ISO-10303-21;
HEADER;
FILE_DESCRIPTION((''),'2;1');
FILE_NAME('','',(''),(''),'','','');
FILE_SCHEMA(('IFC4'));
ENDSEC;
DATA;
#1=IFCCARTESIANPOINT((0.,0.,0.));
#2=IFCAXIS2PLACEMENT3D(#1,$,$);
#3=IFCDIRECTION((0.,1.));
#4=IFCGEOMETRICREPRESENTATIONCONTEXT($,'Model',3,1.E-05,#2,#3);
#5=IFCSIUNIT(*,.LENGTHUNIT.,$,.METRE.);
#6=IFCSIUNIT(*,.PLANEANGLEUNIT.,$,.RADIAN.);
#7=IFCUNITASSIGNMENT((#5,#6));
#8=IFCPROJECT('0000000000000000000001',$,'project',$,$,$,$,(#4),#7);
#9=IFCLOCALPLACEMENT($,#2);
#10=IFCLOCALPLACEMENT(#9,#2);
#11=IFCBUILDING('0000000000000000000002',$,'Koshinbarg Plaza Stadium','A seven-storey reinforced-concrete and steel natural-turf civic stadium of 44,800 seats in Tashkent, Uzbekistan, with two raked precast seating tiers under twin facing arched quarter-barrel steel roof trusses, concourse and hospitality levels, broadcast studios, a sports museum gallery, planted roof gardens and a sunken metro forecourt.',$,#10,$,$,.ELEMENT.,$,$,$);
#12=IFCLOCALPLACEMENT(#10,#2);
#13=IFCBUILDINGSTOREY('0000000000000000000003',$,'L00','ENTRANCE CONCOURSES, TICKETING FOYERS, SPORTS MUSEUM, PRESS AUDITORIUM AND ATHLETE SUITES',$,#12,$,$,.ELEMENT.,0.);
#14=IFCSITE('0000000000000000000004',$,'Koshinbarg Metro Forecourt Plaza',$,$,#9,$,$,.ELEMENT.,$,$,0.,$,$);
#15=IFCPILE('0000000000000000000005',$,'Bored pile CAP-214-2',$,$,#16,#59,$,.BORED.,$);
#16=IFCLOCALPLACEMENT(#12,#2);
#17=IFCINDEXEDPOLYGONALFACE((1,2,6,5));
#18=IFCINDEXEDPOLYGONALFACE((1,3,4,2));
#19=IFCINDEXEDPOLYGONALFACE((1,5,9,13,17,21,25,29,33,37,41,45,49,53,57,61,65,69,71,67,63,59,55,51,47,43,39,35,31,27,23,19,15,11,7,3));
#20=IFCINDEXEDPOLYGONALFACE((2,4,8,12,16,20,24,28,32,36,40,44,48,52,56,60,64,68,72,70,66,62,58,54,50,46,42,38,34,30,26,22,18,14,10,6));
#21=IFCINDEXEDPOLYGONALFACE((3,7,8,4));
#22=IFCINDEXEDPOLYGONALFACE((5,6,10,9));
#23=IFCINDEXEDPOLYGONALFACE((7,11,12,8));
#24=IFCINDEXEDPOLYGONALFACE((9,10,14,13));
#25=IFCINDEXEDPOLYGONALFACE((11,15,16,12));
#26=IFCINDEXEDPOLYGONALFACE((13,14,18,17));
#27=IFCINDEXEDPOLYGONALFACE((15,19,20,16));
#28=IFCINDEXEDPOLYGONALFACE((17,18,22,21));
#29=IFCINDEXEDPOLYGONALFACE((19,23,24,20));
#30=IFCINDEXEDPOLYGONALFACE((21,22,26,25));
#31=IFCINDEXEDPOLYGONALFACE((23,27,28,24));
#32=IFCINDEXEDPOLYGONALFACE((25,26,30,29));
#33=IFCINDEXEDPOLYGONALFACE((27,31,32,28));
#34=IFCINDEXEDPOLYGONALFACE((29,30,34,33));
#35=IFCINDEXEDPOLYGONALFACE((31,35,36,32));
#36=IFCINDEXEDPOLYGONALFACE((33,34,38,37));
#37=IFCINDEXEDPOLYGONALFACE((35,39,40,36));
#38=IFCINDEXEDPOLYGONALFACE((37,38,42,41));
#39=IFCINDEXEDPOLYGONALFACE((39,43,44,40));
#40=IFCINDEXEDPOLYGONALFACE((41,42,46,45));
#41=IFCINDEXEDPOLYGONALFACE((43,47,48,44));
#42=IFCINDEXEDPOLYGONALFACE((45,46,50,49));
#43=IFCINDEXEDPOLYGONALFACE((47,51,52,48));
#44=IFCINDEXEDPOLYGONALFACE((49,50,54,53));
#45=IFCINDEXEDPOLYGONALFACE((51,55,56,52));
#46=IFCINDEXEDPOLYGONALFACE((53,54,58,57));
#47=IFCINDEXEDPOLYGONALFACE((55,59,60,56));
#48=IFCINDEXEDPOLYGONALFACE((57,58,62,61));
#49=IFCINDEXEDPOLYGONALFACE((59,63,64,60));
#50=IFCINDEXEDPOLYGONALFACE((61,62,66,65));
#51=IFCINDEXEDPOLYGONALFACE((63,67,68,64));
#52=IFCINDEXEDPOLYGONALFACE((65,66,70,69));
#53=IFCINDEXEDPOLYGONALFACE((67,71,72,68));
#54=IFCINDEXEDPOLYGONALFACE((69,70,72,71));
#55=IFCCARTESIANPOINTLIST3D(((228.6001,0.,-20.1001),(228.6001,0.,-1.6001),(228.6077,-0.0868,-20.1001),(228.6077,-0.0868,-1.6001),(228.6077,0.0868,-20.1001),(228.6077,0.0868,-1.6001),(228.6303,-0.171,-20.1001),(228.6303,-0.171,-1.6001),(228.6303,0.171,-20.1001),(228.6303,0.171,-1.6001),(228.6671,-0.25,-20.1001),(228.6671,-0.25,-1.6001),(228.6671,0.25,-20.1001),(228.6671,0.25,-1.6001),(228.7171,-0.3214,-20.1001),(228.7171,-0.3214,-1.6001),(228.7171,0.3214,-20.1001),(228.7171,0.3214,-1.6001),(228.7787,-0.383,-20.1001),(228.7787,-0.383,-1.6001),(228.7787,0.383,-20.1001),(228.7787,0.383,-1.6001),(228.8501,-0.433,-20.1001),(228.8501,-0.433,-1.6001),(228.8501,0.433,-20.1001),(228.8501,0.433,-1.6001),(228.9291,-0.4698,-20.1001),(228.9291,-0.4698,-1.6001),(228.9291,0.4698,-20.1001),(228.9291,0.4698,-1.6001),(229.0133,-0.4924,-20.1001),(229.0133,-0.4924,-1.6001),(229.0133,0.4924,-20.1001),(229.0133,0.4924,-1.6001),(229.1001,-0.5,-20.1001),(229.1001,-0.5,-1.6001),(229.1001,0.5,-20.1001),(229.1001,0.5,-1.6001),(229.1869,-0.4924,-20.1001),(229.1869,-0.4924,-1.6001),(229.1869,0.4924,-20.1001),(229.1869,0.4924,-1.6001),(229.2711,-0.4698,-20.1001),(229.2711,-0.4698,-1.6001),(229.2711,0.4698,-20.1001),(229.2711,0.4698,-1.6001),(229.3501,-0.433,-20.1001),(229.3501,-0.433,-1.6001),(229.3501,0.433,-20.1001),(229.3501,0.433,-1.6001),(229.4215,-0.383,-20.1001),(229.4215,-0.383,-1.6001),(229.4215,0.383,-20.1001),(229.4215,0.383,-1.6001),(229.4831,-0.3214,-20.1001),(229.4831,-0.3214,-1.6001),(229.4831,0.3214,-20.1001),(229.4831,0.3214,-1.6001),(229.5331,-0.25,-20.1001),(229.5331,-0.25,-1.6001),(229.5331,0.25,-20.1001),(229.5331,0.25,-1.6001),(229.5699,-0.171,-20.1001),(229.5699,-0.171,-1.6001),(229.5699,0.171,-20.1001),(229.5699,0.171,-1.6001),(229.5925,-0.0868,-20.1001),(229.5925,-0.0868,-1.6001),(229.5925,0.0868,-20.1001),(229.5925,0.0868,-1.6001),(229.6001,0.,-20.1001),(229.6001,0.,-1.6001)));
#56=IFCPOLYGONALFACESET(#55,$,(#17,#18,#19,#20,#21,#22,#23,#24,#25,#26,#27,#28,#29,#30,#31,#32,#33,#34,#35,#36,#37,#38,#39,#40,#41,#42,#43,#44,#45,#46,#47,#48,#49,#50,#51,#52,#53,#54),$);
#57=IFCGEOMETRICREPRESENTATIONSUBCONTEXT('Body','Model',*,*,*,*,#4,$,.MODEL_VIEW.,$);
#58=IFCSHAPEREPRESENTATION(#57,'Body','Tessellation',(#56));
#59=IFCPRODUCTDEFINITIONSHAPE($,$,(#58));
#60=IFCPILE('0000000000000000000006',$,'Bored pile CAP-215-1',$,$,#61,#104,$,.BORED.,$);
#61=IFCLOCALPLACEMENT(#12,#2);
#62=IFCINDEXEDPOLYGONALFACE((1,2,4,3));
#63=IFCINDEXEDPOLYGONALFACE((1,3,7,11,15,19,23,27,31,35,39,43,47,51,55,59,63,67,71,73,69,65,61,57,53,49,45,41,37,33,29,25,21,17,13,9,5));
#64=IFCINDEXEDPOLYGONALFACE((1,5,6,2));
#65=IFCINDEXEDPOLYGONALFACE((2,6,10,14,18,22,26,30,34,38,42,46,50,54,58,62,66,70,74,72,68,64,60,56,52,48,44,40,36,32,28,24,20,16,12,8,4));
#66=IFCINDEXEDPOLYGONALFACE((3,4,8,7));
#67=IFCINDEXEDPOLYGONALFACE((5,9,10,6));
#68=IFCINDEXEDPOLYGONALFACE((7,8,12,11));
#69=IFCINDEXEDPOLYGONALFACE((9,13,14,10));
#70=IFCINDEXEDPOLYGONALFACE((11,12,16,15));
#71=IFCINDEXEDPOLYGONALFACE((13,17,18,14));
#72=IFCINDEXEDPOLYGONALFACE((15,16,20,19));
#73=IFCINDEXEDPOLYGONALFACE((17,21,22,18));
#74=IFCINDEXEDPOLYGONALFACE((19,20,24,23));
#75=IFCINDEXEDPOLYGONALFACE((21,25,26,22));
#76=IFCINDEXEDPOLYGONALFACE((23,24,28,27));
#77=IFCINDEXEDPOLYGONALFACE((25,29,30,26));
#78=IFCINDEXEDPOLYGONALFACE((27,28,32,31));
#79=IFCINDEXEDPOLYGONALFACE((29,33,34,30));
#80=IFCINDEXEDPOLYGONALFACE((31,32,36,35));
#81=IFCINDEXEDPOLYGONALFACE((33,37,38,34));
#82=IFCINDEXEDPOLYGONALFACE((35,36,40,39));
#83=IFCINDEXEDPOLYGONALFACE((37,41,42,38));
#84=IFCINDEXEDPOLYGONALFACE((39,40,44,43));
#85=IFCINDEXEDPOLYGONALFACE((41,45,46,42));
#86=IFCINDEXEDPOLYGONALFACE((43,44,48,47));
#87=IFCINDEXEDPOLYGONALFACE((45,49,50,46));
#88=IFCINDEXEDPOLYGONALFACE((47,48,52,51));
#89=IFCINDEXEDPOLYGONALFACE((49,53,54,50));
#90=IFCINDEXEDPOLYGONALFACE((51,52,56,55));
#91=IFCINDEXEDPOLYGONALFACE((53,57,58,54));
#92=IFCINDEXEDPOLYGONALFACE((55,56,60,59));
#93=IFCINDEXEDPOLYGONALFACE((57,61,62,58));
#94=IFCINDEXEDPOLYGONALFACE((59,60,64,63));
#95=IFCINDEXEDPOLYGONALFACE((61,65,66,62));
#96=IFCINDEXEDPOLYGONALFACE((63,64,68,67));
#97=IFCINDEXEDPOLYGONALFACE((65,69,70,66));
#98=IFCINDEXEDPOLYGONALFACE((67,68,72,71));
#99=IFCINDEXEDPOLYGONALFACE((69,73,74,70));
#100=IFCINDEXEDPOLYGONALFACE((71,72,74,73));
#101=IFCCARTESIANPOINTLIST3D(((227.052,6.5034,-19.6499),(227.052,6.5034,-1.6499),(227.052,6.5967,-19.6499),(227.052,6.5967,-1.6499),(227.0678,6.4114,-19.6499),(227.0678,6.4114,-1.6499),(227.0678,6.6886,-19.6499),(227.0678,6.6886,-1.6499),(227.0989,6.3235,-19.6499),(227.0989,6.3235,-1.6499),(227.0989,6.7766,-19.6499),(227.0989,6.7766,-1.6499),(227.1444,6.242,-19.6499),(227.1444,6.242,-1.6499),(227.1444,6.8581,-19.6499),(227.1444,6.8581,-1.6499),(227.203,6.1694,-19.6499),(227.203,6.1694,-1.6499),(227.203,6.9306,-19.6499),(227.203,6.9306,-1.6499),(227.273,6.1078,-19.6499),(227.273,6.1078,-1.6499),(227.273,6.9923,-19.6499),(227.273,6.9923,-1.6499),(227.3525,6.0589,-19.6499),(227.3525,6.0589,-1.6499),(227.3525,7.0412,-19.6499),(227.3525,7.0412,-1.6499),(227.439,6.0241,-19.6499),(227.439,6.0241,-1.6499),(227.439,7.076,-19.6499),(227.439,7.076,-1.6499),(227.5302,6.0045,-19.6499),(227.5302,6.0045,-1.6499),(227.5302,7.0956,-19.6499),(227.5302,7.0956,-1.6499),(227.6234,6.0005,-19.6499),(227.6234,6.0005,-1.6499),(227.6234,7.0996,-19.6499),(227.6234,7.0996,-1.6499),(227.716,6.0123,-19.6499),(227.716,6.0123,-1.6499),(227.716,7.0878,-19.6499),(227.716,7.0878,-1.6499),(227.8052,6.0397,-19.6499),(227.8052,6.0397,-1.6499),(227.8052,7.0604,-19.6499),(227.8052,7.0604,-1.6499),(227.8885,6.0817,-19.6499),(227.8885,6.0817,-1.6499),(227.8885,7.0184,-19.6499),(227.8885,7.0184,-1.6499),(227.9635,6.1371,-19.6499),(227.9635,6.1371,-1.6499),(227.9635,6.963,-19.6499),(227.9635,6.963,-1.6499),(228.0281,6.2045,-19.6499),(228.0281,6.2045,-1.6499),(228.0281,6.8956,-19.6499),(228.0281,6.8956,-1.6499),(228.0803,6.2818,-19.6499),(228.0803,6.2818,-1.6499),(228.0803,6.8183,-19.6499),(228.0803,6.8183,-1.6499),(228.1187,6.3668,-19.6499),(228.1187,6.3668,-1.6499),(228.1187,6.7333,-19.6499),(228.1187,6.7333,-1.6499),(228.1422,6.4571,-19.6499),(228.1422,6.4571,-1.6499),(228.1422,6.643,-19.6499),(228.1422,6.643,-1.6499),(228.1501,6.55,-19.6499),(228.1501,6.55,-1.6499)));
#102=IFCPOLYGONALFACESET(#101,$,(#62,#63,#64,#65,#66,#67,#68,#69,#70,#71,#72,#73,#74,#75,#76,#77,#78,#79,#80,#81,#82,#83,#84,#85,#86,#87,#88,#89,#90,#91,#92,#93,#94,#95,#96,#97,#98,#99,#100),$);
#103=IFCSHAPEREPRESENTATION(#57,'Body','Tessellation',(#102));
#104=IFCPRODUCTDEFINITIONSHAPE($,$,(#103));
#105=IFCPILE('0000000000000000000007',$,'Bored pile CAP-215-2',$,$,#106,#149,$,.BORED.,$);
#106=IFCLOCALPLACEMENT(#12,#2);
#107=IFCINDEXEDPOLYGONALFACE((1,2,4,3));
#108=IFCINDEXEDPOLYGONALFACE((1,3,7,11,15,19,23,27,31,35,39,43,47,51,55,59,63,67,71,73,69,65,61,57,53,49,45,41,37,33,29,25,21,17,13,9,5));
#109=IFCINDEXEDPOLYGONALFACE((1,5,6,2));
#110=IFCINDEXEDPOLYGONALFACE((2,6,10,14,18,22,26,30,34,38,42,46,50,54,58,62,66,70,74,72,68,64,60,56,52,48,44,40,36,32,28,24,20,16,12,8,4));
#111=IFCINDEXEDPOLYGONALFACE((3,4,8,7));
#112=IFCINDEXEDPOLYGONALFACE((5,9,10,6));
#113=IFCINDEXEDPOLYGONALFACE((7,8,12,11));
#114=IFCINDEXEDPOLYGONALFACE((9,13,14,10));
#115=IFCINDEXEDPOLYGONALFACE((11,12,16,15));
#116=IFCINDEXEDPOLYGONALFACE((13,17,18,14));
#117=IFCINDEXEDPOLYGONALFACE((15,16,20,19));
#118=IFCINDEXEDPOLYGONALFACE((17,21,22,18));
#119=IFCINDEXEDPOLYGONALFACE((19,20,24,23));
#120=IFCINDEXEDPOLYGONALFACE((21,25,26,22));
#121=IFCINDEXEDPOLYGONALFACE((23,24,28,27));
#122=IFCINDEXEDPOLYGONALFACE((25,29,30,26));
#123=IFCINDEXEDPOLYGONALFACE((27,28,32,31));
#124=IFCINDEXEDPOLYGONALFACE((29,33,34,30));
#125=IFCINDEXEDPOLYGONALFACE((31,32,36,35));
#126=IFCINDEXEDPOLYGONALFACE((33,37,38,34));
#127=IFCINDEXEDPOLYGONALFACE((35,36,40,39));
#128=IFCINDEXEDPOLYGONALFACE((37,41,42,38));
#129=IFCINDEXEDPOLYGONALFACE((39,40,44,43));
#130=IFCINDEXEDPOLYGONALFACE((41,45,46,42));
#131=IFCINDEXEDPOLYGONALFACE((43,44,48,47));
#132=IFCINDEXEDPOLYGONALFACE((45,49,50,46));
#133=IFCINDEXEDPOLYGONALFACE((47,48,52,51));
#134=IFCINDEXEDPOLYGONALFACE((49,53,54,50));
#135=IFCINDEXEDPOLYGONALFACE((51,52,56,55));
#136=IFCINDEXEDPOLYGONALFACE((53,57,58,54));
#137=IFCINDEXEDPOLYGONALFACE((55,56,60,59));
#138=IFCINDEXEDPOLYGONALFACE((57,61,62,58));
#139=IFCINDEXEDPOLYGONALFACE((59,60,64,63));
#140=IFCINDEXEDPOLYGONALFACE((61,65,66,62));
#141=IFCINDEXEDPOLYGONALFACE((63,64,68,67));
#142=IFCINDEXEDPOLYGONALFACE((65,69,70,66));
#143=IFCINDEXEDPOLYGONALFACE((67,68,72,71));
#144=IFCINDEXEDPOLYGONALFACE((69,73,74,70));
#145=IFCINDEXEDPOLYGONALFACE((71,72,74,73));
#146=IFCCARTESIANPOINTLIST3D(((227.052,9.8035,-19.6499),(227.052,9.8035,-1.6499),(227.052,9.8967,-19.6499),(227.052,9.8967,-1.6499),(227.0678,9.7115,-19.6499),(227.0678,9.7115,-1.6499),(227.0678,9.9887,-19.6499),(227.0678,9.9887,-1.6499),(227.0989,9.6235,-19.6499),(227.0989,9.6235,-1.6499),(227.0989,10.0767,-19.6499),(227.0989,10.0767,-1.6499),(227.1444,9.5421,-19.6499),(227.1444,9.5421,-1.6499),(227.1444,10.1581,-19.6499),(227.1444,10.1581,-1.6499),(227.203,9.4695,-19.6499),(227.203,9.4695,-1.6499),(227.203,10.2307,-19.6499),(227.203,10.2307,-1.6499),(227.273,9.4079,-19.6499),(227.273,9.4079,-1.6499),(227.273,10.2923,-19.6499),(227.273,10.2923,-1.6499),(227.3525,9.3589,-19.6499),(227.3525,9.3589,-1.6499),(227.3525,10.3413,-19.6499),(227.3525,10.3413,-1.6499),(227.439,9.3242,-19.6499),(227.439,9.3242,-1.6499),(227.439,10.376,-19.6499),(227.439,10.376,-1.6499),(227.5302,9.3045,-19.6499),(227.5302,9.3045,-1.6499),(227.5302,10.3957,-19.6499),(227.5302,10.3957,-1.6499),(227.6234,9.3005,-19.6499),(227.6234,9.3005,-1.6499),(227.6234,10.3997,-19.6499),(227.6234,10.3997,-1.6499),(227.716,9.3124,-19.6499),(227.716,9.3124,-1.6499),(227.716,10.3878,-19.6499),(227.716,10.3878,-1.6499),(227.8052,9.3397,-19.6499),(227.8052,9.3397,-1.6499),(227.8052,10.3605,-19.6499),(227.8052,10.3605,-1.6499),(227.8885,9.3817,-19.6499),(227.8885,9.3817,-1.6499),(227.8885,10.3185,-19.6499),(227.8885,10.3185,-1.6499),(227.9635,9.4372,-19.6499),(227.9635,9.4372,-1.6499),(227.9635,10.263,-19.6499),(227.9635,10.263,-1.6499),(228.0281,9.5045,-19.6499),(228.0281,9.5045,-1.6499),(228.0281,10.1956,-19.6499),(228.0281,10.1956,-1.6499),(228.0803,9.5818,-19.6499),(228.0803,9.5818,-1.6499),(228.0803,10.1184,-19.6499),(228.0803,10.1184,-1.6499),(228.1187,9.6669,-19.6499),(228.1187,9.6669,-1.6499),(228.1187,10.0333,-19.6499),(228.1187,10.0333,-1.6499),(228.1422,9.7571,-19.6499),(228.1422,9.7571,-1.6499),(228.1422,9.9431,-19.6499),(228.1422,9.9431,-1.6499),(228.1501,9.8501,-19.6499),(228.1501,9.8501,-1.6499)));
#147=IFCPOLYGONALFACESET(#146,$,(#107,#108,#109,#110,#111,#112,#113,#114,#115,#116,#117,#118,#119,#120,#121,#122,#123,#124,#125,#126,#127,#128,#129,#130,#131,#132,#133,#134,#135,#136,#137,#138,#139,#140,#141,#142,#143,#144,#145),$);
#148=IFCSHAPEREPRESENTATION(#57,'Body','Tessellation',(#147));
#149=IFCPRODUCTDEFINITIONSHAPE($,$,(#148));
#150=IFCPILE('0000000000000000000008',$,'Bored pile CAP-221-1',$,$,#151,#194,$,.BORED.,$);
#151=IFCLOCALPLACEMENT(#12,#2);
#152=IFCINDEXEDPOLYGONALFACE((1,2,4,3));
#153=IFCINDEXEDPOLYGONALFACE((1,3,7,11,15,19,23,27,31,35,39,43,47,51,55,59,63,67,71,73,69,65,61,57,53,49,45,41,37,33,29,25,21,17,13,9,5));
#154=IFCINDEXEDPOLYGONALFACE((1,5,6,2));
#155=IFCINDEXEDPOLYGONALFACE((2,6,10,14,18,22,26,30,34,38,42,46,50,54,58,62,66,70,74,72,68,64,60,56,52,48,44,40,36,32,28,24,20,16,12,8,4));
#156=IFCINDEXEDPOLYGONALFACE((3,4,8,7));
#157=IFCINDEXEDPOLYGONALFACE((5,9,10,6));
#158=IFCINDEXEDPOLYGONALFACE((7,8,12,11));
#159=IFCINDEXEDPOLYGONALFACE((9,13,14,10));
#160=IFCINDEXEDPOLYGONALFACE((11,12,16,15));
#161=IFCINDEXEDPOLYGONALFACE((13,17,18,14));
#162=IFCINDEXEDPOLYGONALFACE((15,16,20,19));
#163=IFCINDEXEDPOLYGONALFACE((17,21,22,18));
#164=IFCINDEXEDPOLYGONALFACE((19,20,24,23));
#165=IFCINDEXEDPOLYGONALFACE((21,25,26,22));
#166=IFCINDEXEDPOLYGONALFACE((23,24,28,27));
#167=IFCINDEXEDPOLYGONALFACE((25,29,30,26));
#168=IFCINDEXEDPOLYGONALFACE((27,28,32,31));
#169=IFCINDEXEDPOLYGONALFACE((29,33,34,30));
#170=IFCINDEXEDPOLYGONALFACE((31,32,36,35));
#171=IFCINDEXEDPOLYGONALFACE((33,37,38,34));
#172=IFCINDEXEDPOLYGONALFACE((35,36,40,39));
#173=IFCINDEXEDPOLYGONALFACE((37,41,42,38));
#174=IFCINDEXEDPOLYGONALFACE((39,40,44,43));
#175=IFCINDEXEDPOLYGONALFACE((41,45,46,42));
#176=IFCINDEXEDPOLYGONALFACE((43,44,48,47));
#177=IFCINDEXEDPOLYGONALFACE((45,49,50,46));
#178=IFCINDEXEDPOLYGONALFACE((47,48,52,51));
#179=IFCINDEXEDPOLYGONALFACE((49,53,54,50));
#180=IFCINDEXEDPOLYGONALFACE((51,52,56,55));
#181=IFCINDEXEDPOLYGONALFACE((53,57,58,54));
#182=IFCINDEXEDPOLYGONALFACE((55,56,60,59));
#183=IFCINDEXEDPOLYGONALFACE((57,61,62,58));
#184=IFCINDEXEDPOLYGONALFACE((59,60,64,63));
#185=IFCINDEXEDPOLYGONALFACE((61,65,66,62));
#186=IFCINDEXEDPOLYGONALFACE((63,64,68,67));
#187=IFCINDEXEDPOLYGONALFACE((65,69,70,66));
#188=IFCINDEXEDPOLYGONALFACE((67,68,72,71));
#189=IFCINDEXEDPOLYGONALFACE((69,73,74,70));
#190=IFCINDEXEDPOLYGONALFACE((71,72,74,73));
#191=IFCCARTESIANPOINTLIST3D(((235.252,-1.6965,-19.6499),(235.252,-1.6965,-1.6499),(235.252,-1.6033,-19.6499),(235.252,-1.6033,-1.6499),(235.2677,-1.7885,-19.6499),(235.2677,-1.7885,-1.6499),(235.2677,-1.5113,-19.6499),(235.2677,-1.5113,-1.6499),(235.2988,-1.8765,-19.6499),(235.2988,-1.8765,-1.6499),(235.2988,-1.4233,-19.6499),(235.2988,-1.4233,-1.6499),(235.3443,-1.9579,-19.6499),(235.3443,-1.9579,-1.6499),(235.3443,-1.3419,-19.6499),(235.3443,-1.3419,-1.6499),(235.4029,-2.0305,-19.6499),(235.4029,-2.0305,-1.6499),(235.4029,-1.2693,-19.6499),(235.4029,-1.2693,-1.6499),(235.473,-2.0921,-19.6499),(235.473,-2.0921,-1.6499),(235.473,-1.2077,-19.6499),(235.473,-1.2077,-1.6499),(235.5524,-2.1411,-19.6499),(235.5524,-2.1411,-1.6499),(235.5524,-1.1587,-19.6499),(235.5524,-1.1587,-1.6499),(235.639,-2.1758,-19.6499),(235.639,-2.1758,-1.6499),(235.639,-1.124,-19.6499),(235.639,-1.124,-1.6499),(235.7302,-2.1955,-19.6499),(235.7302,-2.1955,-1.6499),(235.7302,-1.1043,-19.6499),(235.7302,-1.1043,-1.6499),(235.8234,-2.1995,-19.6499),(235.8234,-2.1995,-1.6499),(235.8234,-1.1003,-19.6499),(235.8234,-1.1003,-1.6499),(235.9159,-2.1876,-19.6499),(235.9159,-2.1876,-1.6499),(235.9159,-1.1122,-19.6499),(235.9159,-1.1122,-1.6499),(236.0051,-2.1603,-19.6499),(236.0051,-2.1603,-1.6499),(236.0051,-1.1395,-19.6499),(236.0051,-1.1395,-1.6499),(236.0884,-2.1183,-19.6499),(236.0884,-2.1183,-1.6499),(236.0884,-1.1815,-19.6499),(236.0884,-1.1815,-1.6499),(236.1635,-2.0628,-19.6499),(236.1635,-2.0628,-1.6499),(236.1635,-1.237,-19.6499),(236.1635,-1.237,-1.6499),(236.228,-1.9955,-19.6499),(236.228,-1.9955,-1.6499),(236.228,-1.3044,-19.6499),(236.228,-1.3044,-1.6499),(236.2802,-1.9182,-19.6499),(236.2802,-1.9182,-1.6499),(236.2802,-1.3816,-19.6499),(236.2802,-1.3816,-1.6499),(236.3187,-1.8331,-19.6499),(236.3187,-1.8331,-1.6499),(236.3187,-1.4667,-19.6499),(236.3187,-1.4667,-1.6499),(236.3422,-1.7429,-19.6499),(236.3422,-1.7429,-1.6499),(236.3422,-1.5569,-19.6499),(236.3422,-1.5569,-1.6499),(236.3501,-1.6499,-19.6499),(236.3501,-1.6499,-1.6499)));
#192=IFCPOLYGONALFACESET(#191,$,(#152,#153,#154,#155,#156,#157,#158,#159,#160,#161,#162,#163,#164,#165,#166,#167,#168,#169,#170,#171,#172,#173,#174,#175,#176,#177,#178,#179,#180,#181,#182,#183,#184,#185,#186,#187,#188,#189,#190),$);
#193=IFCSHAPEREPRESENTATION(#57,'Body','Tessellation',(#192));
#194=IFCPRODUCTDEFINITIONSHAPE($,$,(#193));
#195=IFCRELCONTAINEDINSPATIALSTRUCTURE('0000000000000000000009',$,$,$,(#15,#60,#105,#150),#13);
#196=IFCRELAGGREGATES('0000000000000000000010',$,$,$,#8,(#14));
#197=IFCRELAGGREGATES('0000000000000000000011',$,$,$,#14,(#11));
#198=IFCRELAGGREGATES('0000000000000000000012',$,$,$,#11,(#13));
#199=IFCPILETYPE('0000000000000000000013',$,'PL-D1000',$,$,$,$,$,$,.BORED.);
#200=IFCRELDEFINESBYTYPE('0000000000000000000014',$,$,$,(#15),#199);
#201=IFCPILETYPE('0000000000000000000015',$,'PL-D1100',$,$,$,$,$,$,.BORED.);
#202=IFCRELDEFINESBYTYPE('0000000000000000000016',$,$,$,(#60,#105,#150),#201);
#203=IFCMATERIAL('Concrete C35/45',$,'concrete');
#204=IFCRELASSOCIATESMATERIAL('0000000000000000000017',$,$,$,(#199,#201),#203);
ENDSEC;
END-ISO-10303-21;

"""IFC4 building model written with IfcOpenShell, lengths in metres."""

from ifc_helpers import new_model, si_unit, direction, frame, origin, origin_2d, place, context, subcontext, project, spatial, circle, extrude, material, material_profile, profile_set, type_object, element, save


model = new_model("IFC4")

# Units and contexts
model_context = context("Model", 3, precision=1e-05, world=origin(), true_north=direction((0.0, 1.0)))
body_context = subcontext(model_context, "Body", "Model", "MODEL_VIEW")
ifc_project = project(units=[si_unit("LENGTHUNIT", "METRE"), si_unit("PLANEANGLEUNIT", "RADIAN")], contexts=[model_context])

# Site, building, storey
site_placement = place(None, origin())
site = spatial("IfcSite", under=ifc_project, at=site_placement, Name="Koshinbarg Metro Forecourt Plaza", CompositionType="ELEMENT", RefElevation=0.0)
building_placement = place(site_placement, origin())
building = spatial("IfcBuilding", under=site, at=building_placement, Name="Koshinbarg Plaza Stadium", Description="A seven-storey reinforced-concrete and steel natural-turf civic stadium of 44,800 seats in Tashkent, Uzbekistan, with two raked precast seating tiers under twin facing arched quarter-barrel steel roof trusses, concourse and hospitality levels, broadcast studios, a sports museum gallery, planted roof gardens and a sunken metro forecourt.", CompositionType="ELEMENT")
storey_placement = place(building_placement, origin())
storey = spatial("IfcBuildingStorey", under=building, at=storey_placement, Name="L00", Description="ENTRANCE CONCOURSES, TICKETING FOYERS, SPORTS MUSEUM, PRESS AUDITORIUM AND ATHLETE SUITES", CompositionType="ELEMENT", Elevation=0.0)

# Shared definitions
ifc_material_1 = material(Name="Concrete C35/45", Category="concrete")

# Piles
ifc_material_profile_1 = material_profile(ifc_material_1, circle(Radius=0.5, at=origin_2d()), Name="PILE D1000")
ifc_profile_set_1 = profile_set([ifc_material_profile_1], Name="Concrete C35/45")
pile_type_1 = type_object("IfcPileType", Name="PL-D1000", PredefinedType="BORED", material=ifc_profile_set_1)
for number, where, z_axis, x_axis, name in (
    (1, (229.1001, 0.0, -1.6001), (0.0, 0.0, -1.0), (1.0, 0.0, 0.0), "Bored pile CAP-214-2"),
):
    element("IfcPile", number, at=place(storey_placement, frame(where, z_axis=z_axis, x_axis=x_axis)), inside=storey, type_object=pile_type_1, Name=name, PredefinedType="BORED", context=body_context, shape_type="SweptSolid", body=[
        extrude(circle(Radius=0.5, at=origin_2d()), origin(), (0.0, 0.0, 1.0), 18.5),
    ])
ifc_material_profile_2 = material_profile(ifc_material_1, circle(Radius=0.55, at=origin_2d()), Name="PILE D1100")
ifc_profile_set_2 = profile_set([ifc_material_profile_2], Name="Concrete C35/45")
pile_type_2 = type_object("IfcPileType", Name="PL-D1100", PredefinedType="BORED", material=ifc_profile_set_2)
for number, where, z_axis, x_axis, name in (
    (2, (227.6001, 6.55, -1.6499), (0.0, 0.0, -1.0), (1.0, 0.0, 0.0), "Bored pile CAP-215-1"),
    (3, (227.6001, 9.8501, -1.6499), (0.0, 0.0, -1.0), (1.0, 0.0, 0.0), "Bored pile CAP-215-2"),
    (4, (235.8, -1.6499, -1.6499), (0.0, 0.0, -1.0), (1.0, 0.0, 0.0), "Bored pile CAP-221-1"),
):
    element("IfcPile", number, at=place(storey_placement, frame(where, z_axis=z_axis, x_axis=x_axis)), inside=storey, type_object=pile_type_2, Name=name, PredefinedType="BORED", context=body_context, shape_type="SweptSolid", body=[
        extrude(circle(Radius=0.55, at=origin_2d()), origin(), (0.0, 0.0, 1.0), 18.0),
    ])

save(model, "model.ifc")
